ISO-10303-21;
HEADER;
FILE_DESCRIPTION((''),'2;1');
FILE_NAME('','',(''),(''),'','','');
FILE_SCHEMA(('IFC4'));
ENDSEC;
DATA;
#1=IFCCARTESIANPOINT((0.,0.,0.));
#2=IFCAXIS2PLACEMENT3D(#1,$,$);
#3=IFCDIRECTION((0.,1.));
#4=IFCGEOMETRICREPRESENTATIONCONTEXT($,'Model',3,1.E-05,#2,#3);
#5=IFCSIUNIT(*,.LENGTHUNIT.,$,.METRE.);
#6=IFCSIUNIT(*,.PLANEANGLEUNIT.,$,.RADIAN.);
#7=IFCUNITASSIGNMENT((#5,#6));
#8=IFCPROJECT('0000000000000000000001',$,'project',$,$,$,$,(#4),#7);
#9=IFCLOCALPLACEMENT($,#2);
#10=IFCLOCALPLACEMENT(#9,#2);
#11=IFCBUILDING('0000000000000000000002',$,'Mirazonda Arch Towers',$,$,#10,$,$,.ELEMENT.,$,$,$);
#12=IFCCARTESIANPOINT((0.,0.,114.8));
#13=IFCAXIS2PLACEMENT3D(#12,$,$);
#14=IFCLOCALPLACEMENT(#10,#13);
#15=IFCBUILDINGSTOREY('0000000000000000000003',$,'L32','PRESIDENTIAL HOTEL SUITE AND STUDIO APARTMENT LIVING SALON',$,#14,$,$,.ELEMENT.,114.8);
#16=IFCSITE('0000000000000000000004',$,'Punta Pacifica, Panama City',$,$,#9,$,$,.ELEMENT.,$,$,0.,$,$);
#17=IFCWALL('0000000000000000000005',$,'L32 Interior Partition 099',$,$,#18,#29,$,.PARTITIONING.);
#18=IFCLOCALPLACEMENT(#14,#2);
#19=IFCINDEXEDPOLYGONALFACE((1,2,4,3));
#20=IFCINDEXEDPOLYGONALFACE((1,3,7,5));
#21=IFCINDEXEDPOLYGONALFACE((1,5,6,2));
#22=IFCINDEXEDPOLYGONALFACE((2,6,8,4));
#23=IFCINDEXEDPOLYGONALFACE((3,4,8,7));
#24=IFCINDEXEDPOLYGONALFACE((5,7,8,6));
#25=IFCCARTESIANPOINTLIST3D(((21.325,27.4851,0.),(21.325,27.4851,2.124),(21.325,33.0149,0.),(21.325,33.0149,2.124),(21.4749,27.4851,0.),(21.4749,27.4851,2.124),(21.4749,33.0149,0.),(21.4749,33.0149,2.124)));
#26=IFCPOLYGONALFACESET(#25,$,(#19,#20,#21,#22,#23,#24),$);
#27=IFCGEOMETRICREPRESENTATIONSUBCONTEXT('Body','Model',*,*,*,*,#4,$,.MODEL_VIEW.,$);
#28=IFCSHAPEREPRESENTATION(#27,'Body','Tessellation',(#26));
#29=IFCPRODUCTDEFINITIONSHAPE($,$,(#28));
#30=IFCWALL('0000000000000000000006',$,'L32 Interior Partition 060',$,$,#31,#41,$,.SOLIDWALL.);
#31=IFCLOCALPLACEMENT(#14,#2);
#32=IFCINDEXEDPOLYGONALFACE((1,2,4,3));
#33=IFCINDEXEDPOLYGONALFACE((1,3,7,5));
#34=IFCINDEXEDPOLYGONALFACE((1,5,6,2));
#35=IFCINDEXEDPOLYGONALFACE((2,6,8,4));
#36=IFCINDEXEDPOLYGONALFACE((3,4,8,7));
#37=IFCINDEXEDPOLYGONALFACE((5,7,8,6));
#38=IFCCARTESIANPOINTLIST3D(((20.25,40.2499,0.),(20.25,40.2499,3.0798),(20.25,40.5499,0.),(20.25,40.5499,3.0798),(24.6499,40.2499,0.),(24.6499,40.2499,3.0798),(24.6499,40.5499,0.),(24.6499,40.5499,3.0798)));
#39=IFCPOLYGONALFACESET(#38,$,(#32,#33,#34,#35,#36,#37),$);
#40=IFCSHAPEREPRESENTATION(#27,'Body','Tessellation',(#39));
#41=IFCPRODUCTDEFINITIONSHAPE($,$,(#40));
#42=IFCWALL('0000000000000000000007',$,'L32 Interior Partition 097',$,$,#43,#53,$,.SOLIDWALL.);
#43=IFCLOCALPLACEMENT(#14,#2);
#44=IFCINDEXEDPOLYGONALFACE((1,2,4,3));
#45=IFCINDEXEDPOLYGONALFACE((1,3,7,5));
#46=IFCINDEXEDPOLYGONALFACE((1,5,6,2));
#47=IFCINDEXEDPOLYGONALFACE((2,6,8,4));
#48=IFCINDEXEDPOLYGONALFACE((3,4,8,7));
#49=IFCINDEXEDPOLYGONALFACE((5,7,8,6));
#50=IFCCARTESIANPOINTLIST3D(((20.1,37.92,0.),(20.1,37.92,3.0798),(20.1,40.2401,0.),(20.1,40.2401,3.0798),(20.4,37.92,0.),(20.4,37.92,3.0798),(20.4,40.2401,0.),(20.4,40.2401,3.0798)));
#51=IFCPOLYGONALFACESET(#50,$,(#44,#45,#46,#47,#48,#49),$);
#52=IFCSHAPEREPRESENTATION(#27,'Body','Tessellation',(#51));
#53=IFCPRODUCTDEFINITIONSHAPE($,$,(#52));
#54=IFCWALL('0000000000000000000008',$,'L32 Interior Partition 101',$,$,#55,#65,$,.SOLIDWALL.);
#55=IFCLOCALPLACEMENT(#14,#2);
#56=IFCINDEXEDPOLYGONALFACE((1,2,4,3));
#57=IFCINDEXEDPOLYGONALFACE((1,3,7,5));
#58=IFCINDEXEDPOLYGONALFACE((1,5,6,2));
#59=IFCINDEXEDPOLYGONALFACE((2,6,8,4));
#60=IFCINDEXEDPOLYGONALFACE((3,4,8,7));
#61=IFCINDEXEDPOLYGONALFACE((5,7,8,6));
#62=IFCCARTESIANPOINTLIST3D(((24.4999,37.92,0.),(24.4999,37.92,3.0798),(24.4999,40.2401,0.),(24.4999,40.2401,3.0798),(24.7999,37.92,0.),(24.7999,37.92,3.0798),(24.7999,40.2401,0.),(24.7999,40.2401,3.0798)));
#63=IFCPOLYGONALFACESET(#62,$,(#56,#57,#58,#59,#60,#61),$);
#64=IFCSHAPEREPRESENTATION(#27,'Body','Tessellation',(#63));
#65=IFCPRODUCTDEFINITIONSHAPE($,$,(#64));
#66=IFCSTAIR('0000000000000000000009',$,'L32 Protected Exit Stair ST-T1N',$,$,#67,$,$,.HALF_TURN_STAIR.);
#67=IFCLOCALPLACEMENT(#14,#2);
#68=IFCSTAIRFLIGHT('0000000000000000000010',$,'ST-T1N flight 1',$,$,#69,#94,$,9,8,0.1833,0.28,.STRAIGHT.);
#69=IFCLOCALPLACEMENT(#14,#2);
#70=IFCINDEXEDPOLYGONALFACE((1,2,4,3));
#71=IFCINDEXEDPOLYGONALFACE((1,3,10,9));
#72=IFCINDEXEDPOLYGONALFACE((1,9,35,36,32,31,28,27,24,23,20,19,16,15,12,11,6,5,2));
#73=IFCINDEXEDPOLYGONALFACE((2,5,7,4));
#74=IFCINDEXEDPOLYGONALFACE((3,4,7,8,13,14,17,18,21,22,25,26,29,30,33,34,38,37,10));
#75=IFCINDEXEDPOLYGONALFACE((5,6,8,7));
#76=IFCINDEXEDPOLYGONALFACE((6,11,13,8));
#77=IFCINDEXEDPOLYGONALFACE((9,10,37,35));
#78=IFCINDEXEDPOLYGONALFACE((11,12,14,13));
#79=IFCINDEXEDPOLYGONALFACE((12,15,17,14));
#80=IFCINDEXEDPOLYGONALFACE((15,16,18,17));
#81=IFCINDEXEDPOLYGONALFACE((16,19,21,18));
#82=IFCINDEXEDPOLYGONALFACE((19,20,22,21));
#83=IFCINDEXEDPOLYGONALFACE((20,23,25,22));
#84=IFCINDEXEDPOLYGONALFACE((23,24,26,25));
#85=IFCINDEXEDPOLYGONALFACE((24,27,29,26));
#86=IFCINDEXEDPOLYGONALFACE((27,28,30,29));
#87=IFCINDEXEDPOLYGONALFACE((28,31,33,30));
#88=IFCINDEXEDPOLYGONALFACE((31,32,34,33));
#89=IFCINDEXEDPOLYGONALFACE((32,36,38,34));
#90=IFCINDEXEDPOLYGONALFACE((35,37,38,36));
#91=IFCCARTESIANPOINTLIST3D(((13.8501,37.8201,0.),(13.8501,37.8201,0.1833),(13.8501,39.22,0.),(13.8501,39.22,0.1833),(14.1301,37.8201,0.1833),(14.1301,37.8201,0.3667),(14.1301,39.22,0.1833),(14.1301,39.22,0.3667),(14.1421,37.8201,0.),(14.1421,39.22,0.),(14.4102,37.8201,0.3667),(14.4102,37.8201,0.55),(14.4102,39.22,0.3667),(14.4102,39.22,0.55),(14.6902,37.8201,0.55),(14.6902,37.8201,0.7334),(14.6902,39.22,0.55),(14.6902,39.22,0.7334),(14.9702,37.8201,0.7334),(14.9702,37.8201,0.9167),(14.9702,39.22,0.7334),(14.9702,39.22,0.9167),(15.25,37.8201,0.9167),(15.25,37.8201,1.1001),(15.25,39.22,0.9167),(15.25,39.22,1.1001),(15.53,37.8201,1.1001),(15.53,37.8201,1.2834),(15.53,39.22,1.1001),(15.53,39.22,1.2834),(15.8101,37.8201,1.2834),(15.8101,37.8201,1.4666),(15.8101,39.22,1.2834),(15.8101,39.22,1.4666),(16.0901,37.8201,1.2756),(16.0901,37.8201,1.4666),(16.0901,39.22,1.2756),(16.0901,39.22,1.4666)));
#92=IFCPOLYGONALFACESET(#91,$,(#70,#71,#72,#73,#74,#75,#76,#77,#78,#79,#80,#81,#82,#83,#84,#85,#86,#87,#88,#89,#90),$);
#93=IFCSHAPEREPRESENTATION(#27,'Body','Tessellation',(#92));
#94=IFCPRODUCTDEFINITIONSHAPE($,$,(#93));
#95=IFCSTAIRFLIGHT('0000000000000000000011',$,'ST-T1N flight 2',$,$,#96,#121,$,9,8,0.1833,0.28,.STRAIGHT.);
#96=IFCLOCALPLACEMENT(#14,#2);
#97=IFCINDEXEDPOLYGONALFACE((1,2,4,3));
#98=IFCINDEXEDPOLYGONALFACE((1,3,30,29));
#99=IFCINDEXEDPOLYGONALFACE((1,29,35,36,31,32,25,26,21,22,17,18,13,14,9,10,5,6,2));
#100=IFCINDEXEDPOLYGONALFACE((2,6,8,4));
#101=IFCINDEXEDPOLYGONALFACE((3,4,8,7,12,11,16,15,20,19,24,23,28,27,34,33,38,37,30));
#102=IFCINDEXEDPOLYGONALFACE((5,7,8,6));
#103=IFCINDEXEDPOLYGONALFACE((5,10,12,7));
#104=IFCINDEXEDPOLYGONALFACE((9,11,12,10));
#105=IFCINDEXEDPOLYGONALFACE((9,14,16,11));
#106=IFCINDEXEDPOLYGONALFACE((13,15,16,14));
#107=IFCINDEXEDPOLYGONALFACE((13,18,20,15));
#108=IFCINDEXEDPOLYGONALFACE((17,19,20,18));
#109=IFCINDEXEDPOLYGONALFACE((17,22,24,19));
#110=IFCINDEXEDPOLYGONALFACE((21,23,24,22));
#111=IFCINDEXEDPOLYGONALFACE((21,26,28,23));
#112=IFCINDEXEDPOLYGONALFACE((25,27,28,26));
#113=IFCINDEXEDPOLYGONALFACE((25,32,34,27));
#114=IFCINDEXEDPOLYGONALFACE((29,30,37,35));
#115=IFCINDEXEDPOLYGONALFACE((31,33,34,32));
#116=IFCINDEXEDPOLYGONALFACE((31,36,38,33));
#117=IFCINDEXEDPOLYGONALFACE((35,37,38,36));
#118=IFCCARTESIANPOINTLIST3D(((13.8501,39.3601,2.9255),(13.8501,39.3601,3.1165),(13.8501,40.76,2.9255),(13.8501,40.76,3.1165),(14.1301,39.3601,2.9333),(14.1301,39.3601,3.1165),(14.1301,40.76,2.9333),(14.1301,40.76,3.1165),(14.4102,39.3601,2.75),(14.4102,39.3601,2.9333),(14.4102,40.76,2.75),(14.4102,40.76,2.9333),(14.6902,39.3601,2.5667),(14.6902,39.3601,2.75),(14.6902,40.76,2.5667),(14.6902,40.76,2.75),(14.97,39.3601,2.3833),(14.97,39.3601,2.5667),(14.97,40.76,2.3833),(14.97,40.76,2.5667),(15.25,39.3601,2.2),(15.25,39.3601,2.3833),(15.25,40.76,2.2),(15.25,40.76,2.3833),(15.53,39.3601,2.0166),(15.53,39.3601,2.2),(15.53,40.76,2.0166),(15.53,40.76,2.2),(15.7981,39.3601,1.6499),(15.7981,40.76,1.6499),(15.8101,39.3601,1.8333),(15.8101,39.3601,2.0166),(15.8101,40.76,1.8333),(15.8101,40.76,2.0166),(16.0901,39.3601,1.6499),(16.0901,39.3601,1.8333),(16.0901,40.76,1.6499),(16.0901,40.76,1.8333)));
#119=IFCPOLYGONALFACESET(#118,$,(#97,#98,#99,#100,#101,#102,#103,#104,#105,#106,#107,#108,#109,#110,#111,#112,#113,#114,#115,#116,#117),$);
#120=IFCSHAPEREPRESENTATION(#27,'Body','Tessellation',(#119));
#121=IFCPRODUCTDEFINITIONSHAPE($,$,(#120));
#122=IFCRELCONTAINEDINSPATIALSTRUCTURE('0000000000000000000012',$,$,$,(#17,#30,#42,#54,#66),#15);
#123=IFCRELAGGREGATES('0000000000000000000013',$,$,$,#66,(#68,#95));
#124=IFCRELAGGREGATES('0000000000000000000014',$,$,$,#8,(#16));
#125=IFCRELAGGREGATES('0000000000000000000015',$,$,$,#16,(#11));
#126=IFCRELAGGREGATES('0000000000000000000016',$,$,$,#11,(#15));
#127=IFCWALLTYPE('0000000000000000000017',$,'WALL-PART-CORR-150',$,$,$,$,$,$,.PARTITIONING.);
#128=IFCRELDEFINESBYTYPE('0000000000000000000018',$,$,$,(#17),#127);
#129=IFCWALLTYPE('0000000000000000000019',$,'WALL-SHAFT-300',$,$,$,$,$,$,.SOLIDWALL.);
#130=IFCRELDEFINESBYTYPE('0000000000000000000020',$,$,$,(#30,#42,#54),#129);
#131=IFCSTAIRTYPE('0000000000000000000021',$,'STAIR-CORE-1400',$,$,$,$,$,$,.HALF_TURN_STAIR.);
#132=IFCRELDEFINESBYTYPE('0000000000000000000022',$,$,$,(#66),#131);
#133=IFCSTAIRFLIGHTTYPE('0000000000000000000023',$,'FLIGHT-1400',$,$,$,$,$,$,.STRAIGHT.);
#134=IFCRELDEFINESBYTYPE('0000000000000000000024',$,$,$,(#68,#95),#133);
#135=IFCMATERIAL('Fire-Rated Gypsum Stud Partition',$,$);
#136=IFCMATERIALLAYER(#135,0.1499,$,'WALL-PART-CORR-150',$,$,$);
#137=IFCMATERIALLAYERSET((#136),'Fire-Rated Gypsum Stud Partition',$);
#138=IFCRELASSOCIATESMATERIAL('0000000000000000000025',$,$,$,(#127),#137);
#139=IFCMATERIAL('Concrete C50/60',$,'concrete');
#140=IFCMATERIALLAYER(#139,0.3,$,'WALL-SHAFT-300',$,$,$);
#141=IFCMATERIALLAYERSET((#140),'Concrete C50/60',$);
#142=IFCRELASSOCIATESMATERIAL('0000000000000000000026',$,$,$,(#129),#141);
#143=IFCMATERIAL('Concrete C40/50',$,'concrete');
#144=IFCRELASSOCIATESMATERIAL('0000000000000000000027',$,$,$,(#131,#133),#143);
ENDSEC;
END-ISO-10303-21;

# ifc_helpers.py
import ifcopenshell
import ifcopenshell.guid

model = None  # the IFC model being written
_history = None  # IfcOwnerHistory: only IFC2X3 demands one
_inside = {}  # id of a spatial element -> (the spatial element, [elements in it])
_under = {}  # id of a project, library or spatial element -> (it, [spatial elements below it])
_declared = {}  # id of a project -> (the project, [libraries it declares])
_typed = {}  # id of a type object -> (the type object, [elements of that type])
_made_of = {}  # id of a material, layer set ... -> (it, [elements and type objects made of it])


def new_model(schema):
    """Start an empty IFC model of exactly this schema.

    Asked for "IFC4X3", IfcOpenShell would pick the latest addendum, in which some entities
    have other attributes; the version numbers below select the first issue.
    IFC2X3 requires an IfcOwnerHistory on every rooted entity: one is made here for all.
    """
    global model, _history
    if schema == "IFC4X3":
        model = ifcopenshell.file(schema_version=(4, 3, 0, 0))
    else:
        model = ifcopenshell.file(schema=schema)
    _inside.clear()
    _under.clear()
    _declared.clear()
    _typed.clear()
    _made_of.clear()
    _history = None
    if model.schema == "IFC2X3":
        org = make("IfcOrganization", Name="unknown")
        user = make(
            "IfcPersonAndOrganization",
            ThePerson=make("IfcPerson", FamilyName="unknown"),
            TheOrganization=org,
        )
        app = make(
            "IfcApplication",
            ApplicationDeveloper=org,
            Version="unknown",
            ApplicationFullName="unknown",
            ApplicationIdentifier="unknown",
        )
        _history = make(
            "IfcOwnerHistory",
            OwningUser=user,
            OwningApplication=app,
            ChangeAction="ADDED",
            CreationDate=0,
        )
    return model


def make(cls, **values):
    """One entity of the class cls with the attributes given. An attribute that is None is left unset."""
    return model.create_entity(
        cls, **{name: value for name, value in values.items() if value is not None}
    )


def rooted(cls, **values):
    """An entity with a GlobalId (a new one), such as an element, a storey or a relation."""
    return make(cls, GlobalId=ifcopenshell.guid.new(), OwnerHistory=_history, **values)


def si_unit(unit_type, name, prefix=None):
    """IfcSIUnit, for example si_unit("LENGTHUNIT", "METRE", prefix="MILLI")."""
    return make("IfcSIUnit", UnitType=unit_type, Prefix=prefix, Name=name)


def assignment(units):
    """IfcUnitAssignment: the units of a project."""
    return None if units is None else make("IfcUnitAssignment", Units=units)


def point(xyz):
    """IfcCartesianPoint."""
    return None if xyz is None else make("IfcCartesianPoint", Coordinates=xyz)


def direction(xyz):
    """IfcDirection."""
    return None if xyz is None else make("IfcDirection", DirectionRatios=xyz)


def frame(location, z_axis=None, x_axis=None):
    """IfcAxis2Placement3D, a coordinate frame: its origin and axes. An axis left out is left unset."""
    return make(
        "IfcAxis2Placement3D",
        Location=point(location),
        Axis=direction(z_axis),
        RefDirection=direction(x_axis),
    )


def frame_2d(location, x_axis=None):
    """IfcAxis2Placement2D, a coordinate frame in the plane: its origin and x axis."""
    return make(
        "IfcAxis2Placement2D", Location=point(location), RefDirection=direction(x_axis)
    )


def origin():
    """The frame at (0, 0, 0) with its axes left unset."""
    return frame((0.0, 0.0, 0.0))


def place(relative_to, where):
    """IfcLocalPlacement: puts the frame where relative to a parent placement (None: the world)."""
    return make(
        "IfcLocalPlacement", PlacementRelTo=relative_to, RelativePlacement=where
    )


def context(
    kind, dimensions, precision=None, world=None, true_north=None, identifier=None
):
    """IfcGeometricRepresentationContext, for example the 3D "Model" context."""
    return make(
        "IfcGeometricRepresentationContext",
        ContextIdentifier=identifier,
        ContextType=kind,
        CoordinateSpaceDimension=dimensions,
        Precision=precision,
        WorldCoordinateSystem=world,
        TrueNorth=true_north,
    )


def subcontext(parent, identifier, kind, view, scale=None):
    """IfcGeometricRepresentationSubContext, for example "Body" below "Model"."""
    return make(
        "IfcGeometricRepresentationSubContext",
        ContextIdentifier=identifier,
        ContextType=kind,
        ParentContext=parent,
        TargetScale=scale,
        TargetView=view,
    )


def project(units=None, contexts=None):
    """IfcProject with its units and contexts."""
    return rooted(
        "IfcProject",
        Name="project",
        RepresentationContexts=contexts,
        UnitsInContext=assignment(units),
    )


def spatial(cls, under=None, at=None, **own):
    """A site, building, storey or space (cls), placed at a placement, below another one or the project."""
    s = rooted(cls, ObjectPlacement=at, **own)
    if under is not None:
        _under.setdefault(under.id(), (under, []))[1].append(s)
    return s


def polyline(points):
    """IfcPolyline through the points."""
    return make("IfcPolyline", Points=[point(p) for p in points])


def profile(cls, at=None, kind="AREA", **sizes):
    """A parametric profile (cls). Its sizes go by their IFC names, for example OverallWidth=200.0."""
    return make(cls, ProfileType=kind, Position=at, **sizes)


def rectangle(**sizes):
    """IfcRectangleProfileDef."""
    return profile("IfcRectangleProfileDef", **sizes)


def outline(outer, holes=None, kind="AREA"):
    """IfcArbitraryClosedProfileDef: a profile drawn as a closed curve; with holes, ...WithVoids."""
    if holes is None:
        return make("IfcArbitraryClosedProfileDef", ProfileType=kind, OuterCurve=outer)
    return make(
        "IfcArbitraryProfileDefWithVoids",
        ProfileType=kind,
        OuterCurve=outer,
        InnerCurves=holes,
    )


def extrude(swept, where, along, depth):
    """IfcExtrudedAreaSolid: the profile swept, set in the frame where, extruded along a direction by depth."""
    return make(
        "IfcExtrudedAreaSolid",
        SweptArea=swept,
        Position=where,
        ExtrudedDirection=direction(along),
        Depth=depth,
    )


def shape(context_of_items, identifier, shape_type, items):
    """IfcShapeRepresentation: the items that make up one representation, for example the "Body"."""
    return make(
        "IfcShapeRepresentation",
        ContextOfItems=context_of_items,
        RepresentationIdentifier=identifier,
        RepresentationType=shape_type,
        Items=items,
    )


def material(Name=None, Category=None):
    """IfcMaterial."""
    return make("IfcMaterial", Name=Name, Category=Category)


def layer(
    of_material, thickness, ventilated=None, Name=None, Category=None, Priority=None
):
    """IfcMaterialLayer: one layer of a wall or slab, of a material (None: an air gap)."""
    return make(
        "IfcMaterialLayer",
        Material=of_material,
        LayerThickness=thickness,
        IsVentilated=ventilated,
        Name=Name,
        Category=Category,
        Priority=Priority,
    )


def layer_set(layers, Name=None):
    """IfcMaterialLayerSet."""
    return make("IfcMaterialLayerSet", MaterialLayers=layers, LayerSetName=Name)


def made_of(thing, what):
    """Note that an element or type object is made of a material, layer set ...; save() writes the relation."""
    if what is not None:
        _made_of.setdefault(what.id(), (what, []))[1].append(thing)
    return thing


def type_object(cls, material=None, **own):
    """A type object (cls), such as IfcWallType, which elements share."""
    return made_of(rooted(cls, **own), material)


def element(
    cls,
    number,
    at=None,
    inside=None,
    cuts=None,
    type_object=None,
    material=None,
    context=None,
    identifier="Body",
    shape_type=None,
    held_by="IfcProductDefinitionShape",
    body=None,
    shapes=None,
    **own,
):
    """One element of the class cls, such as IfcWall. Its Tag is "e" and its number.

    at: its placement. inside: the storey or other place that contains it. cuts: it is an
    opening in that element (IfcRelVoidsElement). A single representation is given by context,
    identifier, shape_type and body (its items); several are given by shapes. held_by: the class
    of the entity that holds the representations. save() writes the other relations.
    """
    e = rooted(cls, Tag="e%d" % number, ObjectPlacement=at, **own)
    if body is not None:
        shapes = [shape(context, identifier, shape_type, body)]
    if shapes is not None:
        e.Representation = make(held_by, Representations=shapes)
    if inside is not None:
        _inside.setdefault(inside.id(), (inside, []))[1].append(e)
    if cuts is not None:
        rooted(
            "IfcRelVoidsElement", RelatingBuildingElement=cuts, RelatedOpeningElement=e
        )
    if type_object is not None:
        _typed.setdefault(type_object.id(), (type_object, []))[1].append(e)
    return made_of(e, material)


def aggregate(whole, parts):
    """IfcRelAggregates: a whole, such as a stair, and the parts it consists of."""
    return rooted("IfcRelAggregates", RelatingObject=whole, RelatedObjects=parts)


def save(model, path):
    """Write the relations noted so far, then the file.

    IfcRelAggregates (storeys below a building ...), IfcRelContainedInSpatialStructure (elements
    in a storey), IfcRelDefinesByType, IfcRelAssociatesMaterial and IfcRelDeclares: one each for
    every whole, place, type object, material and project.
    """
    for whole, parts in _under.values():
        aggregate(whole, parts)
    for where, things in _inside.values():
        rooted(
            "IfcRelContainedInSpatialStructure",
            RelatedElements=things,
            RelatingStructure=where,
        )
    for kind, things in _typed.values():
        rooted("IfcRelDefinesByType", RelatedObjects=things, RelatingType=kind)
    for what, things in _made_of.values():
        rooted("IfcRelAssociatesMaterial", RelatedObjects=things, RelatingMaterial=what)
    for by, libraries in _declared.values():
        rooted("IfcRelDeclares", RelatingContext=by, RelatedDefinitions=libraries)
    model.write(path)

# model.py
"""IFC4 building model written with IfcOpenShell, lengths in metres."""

from ifc_helpers import new_model, si_unit, direction, frame, frame_2d, origin, place, context, subcontext, project, spatial, polyline, rectangle, outline, extrude, material, layer, layer_set, type_object, element, aggregate, save


model = new_model("IFC4")

# Units and contexts
model_context = context("Model", 3, precision=1e-05, world=origin(), true_north=direction((0.0, 1.0)))
body_context = subcontext(model_context, "Body", "Model", "MODEL_VIEW")
ifc_project = project(units=[si_unit("LENGTHUNIT", "METRE"), si_unit("PLANEANGLEUNIT", "RADIAN")], contexts=[model_context])

# Site, building, storey
site_placement = place(None, origin())
site = spatial("IfcSite", under=ifc_project, at=site_placement, Name="Punta Pacifica, Panama City", CompositionType="ELEMENT", RefElevation=0.0)
building_placement = place(site_placement, origin())
building = spatial("IfcBuilding", under=site, at=building_placement, Name="Mirazonda Arch Towers", CompositionType="ELEMENT")
storey_placement = place(building_placement, frame((0.0, 0.0, 114.8)))
storey = spatial("IfcBuildingStorey", under=building, at=storey_placement, Name="L32", Description="PRESIDENTIAL HOTEL SUITE AND STUDIO APARTMENT LIVING SALON", CompositionType="ELEMENT", Elevation=114.8)

# Shared definitions
ifc_material_1 = material(Name="Concrete C50/60", Category="concrete")

# Shared definitions
ifc_material_2 = material(Name="Concrete C40/50", Category="concrete")

# Shared definitions
ifc_material_3 = material(Name="Fire-Rated Gypsum Stud Partition")
ifc_layer_1 = layer(ifc_material_3, 0.1499, Name="WALL-PART-CORR-150")
ifc_layer_set_1 = layer_set([ifc_layer_1], Name="Fire-Rated Gypsum Stud Partition")
wall_type_1 = type_object("IfcWallType", Name="WALL-PART-CORR-150", PredefinedType="PARTITIONING", material=ifc_layer_set_1)

# Walls
for number, where, z_axis, x_axis, name in (
    (1, (21.3999, 27.4851, 0.0), (0.0, 0.0, 1.0), (0.0, 1.0, 0.0), "L32 Interior Partition 099"),
):
    element("IfcWall", number, at=place(storey_placement, frame(where, z_axis=z_axis, x_axis=x_axis)), inside=storey, type_object=wall_type_1, Name=name, PredefinedType="PARTITIONING", context=body_context, shape_type="SweptSolid", body=[
        extrude(rectangle(XDim=5.5298, YDim=0.1499, at=frame_2d((2.7649, 0.0))), origin(), (0.0, 0.0, 1.0), 2.124),
    ])
ifc_layer_2 = layer(ifc_material_1, 0.3, Name="WALL-SHAFT-300")
ifc_layer_set_2 = layer_set([ifc_layer_2], Name="Concrete C50/60")
wall_type_2 = type_object("IfcWallType", Name="WALL-SHAFT-300", PredefinedType="SOLIDWALL", material=ifc_layer_set_2)
wall_1_placement = place(storey_placement, frame((20.25, 40.3999, 0.0), z_axis=(0.0, 0.0, 1.0), x_axis=(1.0, 0.0, 0.0)))
element("IfcWall", 2, at=wall_1_placement, inside=storey, type_object=wall_type_2, Name="L32 Interior Partition 060", PredefinedType="SOLIDWALL", context=body_context, shape_type="SweptSolid", body=[
    extrude(rectangle(XDim=4.3999, YDim=0.3, at=frame_2d((2.2, 0.0))), origin(), (0.0, 0.0, 1.0), 3.0798),
])
for number, where, z_axis, x_axis, name in (
    (3, (20.25, 37.9199, 0.0), (0.0, 0.0, 1.0), (0.0, 1.0, 0.0), "L32 Interior Partition 097"),
    (4, (24.6499, 37.9199, 0.0), (0.0, 0.0, 1.0), (0.0, 1.0, 0.0), "L32 Interior Partition 101"),
):
    element("IfcWall", number, at=place(storey_placement, frame(where, z_axis=z_axis, x_axis=x_axis)), inside=storey, type_object=wall_type_2, Name=name, PredefinedType="SOLIDWALL", context=body_context, shape_type="SweptSolid", body=[
        extrude(rectangle(XDim=2.3201, YDim=0.3, at=frame_2d((1.1602, 0.0))), origin(), (0.0, 0.0, 1.0), 3.0798),
    ])

# Stair, stair flights
stair_type = type_object("IfcStairType", Name="STAIR-CORE-1400", PredefinedType="HALF_TURN_STAIR", material=ifc_material_2)
stair_placement = place(storey_placement, origin())
stair = element("IfcStair", 5, at=stair_placement, inside=storey, type_object=stair_type, Name="L32 Protected Exit Stair ST-T1N", PredefinedType="HALF_TURN_STAIR")
stair_flight_type = type_object("IfcStairFlightType", Name="FLIGHT-1400", PredefinedType="STRAIGHT", material=ifc_material_2)
stair_flight_1_placement = place(storey_placement, frame((13.8501, 38.52, 0.0), z_axis=(0.0, 0.0, 1.0), x_axis=(1.0, 0.0, 0.0)))
stair_flight_1 = element("IfcStairFlight", 6, at=stair_flight_1_placement, type_object=stair_flight_type, Name="ST-T1N flight 1", NumberOfRisers=9, NumberOfTreads=8, PredefinedType="STRAIGHT", RiserHeight=0.1833, TreadLength=0.28, context=body_context, shape_type="SweptSolid", body=[
    extrude(outline(polyline([(0.0, 0.0), (0.0, 0.1833), (0.28, 0.1833), (0.28, 0.3667), (0.5601, 0.3667), (0.5601, 0.55), (0.8401, 0.55), (0.8401, 0.7334), (1.1201, 0.7334), (1.1201, 0.9167), (1.3999, 0.9167), (1.3999, 1.1001), (1.6799, 1.1001), (1.6799, 1.2834), (1.96, 1.2834), (1.96, 1.4666), (2.24, 1.4666), (2.24, 1.6499), (2.24, 1.2756), (0.292, 0.0), (0.0, 0.0)])), frame((0.0, 0.7, 0.0), z_axis=(0.0, -1.0, 0.0), x_axis=(1.0, 0.0, 0.0)), (0.0, 0.0, 1.0), 1.3999),
])
stair_flight_2_placement = place(storey_placement, frame((16.0901, 40.0601, 1.6499), z_axis=(0.0, 0.0, 1.0), x_axis=(-1.0, 0.0, 0.0)))
stair_flight_2 = element("IfcStairFlight", 7, at=stair_flight_2_placement, type_object=stair_flight_type, Name="ST-T1N flight 2", NumberOfRisers=9, NumberOfTreads=8, PredefinedType="STRAIGHT", RiserHeight=0.1833, TreadLength=0.28, context=body_context, shape_type="SweptSolid", body=[
    extrude(outline(polyline([(0.0, 0.0), (0.0, 0.1833), (0.28, 0.1833), (0.28, 0.3667), (0.5601, 0.3667), (0.5601, 0.55), (0.8401, 0.55), (0.8401, 0.7334), (1.1201, 0.7334), (1.1201, 0.9167), (1.3999, 0.9167), (1.3999, 1.1001), (1.6799, 1.1001), (1.6799, 1.2834), (1.96, 1.2834), (1.96, 1.4666), (2.24, 1.4666), (2.24, 1.6499), (2.24, 1.2756), (0.292, 0.0), (0.0, 0.0)])), frame((0.0, 0.7, 0.0), z_axis=(0.0, -1.0, 0.0), x_axis=(1.0, 0.0, 0.0)), (0.0, 0.0, 1.0), 1.3999),
])
aggregate(stair, [stair_flight_1, stair_flight_2])

save(model, "model.ifc")
